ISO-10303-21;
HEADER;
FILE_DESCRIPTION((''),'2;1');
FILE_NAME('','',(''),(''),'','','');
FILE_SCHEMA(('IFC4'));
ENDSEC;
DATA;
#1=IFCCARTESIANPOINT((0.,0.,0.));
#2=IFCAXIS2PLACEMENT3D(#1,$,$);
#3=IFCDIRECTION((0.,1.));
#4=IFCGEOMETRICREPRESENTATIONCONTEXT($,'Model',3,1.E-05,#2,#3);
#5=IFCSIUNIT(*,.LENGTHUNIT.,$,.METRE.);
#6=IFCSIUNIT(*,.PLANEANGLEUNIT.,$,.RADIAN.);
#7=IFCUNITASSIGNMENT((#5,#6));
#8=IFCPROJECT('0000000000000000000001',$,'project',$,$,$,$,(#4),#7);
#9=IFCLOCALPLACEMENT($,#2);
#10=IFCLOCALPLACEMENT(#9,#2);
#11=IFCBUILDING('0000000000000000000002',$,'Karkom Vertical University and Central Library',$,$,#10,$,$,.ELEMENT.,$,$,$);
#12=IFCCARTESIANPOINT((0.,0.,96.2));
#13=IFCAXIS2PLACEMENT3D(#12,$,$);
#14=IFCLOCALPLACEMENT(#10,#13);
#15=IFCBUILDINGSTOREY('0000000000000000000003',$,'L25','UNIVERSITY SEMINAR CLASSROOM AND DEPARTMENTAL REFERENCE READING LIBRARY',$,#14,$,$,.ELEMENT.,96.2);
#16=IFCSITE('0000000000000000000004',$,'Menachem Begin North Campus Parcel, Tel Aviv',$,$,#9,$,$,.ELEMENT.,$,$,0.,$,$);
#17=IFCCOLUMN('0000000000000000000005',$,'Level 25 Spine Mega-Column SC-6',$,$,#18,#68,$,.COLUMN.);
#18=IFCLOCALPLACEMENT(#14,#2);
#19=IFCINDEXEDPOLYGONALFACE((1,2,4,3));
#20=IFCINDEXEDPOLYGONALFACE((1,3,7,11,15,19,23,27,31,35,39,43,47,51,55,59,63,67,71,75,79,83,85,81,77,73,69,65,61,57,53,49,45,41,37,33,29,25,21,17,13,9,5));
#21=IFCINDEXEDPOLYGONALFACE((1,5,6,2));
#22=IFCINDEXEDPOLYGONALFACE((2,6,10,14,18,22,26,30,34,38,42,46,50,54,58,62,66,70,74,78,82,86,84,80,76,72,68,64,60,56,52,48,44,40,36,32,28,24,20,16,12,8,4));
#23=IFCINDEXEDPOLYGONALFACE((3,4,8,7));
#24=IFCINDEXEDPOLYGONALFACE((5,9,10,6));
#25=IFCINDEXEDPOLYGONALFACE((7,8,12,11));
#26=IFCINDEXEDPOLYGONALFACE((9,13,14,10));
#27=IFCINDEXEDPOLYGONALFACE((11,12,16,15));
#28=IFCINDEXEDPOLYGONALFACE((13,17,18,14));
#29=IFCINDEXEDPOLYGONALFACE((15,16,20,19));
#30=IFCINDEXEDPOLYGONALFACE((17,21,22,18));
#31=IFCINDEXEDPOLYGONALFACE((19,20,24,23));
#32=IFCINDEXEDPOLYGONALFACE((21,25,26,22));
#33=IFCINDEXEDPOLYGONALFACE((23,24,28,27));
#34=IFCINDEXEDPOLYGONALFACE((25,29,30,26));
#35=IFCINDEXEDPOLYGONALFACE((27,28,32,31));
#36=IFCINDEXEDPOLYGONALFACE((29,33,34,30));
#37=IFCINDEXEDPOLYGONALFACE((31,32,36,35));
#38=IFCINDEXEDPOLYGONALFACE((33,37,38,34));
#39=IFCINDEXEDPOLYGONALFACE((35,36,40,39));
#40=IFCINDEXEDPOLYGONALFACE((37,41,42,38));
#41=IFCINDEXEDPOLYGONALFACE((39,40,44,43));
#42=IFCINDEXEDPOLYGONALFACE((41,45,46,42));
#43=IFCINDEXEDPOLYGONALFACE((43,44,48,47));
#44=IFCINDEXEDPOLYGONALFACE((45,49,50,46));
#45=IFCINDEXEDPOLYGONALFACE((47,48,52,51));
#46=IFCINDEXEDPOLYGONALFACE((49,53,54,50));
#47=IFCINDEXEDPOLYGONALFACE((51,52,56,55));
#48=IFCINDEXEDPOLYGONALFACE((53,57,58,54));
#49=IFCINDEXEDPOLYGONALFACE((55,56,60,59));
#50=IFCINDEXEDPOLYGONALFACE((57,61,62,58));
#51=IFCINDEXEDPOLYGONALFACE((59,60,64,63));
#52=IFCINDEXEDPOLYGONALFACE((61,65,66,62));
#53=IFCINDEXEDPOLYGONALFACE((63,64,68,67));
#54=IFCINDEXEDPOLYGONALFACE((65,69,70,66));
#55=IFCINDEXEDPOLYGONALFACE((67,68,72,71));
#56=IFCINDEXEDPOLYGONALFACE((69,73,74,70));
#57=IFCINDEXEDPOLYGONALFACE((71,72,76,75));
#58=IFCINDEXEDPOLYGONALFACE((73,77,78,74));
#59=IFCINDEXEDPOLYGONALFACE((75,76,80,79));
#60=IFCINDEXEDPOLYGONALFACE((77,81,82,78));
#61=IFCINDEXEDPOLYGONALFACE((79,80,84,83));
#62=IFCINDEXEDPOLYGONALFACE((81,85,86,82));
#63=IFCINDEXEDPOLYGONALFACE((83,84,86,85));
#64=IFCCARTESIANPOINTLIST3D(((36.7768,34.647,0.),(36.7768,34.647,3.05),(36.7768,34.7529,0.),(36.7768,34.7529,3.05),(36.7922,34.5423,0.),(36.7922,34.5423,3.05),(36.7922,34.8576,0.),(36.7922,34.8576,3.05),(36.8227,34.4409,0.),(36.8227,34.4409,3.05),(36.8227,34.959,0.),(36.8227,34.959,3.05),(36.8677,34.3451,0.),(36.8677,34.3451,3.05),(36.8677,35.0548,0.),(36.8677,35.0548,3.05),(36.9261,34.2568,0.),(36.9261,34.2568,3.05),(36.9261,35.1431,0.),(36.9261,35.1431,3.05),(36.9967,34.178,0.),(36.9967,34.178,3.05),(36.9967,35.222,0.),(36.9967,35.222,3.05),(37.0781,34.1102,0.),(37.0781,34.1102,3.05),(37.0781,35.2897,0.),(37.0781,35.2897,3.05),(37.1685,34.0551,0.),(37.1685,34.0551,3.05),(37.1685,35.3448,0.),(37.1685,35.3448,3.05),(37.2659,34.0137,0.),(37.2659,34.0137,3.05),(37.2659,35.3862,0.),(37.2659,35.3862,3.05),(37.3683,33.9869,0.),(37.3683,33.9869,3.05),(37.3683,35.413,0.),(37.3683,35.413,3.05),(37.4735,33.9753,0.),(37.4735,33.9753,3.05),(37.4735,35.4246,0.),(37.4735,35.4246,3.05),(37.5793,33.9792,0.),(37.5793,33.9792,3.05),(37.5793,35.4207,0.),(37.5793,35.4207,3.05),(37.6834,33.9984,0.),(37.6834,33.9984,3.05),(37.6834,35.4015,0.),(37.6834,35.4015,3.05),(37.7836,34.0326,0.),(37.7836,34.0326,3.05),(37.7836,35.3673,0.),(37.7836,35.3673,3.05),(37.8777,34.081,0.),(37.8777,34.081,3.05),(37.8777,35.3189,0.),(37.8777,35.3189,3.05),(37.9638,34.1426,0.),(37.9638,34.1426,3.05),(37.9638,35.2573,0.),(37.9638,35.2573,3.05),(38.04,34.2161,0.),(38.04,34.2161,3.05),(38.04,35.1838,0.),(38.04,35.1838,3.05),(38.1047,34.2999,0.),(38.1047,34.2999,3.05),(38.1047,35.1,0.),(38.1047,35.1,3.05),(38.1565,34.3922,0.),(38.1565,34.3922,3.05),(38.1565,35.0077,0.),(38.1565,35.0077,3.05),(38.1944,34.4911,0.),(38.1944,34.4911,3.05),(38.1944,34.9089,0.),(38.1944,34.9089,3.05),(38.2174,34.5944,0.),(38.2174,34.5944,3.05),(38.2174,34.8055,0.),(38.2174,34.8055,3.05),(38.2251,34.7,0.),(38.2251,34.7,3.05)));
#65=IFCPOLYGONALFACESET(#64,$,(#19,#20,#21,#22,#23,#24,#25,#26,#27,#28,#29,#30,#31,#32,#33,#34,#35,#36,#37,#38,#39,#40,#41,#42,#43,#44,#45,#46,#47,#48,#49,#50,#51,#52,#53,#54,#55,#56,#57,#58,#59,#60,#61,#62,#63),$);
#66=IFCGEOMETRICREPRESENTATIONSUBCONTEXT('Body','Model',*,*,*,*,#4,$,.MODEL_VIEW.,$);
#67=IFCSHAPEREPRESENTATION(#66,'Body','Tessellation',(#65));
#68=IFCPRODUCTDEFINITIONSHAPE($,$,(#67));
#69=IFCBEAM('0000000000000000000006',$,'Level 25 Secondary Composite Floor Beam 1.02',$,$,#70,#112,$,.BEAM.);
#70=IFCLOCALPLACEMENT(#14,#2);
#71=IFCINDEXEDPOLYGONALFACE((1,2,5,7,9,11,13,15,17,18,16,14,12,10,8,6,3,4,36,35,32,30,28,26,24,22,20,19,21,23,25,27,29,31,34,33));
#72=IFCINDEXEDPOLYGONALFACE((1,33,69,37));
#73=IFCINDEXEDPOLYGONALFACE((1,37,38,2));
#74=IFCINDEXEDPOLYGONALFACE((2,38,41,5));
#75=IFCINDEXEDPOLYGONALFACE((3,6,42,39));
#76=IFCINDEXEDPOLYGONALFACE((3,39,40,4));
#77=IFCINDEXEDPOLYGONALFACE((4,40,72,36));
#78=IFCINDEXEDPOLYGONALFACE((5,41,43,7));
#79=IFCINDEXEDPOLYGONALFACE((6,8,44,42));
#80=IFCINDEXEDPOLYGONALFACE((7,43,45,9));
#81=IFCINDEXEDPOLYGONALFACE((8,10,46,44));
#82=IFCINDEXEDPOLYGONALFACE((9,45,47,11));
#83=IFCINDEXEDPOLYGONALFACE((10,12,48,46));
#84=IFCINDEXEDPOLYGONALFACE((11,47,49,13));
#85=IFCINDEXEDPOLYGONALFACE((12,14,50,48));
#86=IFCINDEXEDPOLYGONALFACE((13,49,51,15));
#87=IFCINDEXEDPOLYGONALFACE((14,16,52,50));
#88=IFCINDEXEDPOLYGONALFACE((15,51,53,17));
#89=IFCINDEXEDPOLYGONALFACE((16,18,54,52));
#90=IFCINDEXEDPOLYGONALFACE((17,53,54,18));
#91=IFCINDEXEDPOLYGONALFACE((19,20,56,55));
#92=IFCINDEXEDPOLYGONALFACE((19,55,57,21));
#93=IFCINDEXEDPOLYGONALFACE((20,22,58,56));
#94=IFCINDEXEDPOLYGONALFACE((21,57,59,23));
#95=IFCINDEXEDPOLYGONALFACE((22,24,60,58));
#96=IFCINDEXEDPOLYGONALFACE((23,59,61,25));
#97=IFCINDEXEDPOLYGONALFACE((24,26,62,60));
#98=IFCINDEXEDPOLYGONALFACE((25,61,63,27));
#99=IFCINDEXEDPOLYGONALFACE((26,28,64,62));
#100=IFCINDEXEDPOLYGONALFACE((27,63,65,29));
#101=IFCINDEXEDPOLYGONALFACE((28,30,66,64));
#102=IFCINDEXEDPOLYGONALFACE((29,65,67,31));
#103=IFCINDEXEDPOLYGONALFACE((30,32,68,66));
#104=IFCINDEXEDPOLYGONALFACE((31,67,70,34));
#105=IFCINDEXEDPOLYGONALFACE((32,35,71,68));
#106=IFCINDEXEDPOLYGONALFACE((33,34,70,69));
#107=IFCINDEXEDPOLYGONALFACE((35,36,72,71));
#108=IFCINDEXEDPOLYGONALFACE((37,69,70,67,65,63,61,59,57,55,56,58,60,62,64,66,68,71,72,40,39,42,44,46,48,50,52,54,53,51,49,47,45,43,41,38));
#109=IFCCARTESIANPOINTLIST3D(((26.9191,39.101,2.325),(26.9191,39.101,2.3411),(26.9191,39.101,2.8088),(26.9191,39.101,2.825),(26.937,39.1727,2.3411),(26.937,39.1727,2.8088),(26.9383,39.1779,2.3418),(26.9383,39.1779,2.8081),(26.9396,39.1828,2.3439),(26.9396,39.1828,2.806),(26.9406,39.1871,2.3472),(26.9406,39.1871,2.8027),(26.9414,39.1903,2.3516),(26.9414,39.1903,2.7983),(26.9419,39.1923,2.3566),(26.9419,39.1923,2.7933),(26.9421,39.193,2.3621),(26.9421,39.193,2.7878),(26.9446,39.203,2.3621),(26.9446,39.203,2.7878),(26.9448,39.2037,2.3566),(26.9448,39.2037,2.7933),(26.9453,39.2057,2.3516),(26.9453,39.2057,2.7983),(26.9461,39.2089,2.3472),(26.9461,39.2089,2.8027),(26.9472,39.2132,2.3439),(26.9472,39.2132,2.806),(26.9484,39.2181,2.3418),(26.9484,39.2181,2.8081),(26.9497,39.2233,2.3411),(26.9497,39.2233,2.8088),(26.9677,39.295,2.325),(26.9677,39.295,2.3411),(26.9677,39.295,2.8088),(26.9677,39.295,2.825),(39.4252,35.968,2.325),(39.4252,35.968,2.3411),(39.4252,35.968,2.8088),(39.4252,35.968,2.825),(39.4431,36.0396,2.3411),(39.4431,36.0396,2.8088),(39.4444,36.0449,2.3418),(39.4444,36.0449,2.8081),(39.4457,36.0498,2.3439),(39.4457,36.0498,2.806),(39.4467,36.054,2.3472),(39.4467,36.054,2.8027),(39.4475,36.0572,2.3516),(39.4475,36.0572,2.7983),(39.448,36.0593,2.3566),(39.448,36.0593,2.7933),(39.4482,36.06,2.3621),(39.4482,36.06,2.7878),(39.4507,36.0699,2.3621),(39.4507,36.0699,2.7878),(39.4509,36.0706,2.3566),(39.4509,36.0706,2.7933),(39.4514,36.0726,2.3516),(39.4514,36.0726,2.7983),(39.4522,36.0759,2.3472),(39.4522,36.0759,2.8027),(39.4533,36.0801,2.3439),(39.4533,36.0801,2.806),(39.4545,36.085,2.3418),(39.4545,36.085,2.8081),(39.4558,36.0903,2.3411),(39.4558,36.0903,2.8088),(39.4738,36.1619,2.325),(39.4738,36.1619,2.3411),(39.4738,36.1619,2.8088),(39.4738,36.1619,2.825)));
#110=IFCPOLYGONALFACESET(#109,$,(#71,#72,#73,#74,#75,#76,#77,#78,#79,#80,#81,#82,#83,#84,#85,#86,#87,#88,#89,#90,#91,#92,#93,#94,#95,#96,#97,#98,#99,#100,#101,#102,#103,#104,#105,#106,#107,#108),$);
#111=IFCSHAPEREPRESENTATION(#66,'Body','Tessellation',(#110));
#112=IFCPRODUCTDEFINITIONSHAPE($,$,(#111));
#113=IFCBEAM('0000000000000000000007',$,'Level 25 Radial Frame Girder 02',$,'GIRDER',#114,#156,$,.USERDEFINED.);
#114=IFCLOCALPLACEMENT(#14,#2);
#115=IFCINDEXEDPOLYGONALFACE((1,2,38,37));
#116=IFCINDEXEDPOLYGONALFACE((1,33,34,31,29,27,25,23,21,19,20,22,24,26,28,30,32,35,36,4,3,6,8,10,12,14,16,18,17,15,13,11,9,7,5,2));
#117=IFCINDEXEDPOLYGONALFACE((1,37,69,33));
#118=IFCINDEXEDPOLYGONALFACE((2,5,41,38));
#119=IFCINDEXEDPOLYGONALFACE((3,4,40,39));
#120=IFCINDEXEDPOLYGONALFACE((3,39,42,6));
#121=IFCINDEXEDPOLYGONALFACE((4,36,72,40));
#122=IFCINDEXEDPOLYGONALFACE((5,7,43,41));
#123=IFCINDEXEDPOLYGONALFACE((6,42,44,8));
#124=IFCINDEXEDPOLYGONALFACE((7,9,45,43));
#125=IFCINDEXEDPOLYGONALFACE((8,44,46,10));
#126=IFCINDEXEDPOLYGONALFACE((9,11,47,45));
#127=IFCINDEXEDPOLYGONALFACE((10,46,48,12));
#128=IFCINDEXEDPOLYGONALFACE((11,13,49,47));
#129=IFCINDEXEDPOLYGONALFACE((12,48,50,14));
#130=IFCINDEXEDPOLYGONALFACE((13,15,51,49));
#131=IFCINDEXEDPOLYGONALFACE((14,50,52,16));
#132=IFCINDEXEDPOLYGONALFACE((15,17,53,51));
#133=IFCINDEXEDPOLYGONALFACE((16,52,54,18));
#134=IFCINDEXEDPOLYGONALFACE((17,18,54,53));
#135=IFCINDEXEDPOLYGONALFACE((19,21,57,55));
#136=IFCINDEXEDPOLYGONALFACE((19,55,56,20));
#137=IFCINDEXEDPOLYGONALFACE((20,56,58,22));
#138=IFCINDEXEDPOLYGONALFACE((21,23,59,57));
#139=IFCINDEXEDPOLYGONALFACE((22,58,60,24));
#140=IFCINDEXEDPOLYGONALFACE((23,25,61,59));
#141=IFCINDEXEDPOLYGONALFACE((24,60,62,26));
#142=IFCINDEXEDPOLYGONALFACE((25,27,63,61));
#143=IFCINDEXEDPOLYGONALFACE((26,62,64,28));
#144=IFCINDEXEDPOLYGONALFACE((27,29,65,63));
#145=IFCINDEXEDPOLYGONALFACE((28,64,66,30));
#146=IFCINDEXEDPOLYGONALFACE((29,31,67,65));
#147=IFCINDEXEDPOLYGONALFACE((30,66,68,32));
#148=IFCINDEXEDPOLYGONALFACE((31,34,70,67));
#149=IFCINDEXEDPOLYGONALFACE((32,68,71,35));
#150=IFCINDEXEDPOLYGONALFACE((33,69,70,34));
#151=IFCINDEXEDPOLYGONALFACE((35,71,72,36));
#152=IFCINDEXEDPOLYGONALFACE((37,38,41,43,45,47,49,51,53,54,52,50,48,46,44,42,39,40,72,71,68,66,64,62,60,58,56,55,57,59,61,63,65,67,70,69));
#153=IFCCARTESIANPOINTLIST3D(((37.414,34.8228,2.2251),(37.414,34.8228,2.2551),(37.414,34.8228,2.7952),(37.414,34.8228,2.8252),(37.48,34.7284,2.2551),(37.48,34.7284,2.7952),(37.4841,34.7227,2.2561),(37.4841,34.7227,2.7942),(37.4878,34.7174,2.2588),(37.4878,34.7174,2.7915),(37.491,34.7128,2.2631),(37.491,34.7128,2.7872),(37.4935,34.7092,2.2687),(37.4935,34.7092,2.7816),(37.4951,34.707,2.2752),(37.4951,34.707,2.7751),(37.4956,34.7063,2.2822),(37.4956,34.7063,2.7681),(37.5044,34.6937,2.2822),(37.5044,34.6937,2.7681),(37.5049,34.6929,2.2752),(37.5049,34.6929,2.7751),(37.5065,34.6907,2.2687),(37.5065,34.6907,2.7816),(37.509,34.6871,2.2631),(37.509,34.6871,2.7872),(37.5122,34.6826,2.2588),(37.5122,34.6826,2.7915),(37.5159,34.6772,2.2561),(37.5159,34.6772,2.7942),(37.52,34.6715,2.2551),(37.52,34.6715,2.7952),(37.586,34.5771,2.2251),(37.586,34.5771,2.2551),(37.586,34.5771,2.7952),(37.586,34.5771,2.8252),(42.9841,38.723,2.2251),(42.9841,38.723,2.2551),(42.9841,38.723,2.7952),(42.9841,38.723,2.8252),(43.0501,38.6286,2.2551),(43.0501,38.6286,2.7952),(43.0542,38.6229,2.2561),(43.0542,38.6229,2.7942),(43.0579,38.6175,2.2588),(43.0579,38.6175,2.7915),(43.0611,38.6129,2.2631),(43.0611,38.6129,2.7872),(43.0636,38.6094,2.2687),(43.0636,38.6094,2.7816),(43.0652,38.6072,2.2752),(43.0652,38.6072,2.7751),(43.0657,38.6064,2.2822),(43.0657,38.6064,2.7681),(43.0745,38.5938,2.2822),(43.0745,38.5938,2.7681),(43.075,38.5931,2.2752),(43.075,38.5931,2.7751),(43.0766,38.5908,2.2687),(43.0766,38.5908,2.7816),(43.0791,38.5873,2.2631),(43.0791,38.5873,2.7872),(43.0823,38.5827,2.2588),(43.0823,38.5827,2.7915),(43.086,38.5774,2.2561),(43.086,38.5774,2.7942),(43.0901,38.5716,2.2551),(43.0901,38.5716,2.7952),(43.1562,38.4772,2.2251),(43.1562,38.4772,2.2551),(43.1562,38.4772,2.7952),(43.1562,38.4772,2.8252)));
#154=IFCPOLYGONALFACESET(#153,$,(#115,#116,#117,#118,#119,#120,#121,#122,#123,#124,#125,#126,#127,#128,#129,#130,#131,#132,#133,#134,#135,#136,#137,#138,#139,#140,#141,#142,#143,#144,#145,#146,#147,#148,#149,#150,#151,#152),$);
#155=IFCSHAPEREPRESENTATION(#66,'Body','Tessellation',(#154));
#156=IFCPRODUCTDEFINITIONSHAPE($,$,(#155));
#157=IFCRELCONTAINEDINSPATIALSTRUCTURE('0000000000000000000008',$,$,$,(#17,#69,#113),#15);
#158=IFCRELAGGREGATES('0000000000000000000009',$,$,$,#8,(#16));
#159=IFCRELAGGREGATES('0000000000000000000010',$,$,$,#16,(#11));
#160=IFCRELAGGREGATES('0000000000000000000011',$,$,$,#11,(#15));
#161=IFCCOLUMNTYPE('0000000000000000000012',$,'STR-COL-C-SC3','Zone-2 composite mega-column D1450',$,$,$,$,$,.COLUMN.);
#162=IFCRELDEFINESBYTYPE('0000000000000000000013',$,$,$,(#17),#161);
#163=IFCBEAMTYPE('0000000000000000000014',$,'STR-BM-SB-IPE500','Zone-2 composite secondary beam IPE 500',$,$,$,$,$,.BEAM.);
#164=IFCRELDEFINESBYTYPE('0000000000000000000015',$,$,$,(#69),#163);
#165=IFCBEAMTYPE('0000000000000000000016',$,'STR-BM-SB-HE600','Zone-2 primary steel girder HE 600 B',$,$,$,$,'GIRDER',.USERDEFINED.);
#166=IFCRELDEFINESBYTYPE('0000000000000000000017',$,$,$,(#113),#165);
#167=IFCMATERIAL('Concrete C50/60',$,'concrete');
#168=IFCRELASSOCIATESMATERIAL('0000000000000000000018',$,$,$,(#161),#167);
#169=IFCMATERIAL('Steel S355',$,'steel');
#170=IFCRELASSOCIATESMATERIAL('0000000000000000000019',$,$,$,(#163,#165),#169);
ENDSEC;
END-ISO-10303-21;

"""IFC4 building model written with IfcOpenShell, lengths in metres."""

from ifc_helpers import new_model, si_unit, direction, frame, origin, origin_with_axes, origin_2d, place, context, subcontext, project, spatial, circle, i_section, extrude, source, transform, mapped, material, material_profile, profile_set, type_object, element, save


model = new_model("IFC4")

# Units and contexts
model_context = context("Model", 3, precision=1e-05, world=origin(), true_north=direction((0.0, 1.0)))
body_context = subcontext(model_context, "Body", "Model", "MODEL_VIEW")
ifc_project = project(units=[si_unit("LENGTHUNIT", "METRE"), si_unit("PLANEANGLEUNIT", "RADIAN")], contexts=[model_context])

# Site, building, storey
site_placement = place(None, origin())
site = spatial("IfcSite", under=ifc_project, at=site_placement, Name="Menachem Begin North Campus Parcel, Tel Aviv", CompositionType="ELEMENT", RefElevation=0.0)
building_placement = place(site_placement, origin())
building = spatial("IfcBuilding", under=site, at=building_placement, Name="Karkom Vertical University and Central Library", CompositionType="ELEMENT")
storey_placement = place(building_placement, frame((0.0, 0.0, 96.2)))
storey = spatial("IfcBuildingStorey", under=building, at=storey_placement, Name="L25", Description="UNIVERSITY SEMINAR CLASSROOM AND DEPARTMENTAL REFERENCE READING LIBRARY", CompositionType="ELEMENT", Elevation=96.2)

# Column
ifc_material_1 = material(Name="Concrete C50/60", Category="concrete")
ifc_material_profile_1 = material_profile(ifc_material_1, circle(Radius=0.7251, at=origin_2d()), Name="CFT-D1450")
ifc_profile_set_1 = profile_set([ifc_material_profile_1], Name="Concrete C50/60")
column_type = type_object("IfcColumnType", Name="STR-COL-C-SC3", Description="Zone-2 composite mega-column D1450", PredefinedType="COLUMN", material=ifc_profile_set_1)
shared_shape_1 = source(origin_with_axes(), body_context, "Body", "SweptSolid", [
    extrude(circle(Radius=0.7251, at=origin_2d()), origin(), (0.0, 0.0, 1.0), 3.05),
])
column_placement = place(storey_placement, frame((37.5, 34.7, 0.0), z_axis=(0.0, 0.0, 1.0), x_axis=(1.0, 0.0, 0.0)))
element("IfcColumn", 1, at=column_placement, inside=storey, type_object=column_type, Name="Level 25 Spine Mega-Column SC-6", PredefinedType="COLUMN", context=body_context, shape_type="MappedRepresentation", body=[
    mapped(shared_shape_1, transform((0.0, 0.0, 0.0), scale=1.0)),
])

# Beams
ifc_material_2 = material(Name="Steel S355", Category="steel")
ifc_material_profile_2 = material_profile(ifc_material_2, i_section(OverallWidth=0.2, OverallDepth=0.5, WebThickness=0.0103, FlangeThickness=0.0161, FilletRadius=0.021, at=origin_2d()), Name="IPE 500")
ifc_profile_set_2 = profile_set([ifc_material_profile_2], Name="Steel S355")
beam_type_1 = type_object("IfcBeamType", Name="STR-BM-SB-IPE500", Description="Zone-2 composite secondary beam IPE 500", PredefinedType="BEAM", material=ifc_profile_set_2)
shared_shape_2 = source(origin_with_axes(), body_context, "Body", "SweptSolid", [
    extrude(i_section(OverallWidth=0.2, OverallDepth=0.5, WebThickness=0.0103, FlangeThickness=0.0161, FilletRadius=0.021, at=origin_2d()), origin(), (0.0, 0.0, 1.0), 12.8926),
])
beam_1_placement = place(storey_placement, frame((39.4495, 36.0649, 2.575), z_axis=(-0.970023, 0.243012, 0.0), x_axis=(-0.243012, -0.970023, 0.0)))
element("IfcBeam", 2, at=beam_1_placement, inside=storey, type_object=beam_type_1, Name="Level 25 Secondary Composite Floor Beam 1.02", PredefinedType="BEAM", context=body_context, shape_type="MappedRepresentation", body=[
    mapped(shared_shape_2, transform((0.0, 0.0, 0.0), scale=1.0)),
])
ifc_material_profile_3 = material_profile(ifc_material_2, i_section(OverallWidth=0.3, OverallDepth=0.6001, WebThickness=0.0154, FlangeThickness=0.03, FilletRadius=0.0271, at=origin_2d()), Name="HE 600 B")
ifc_profile_set_3 = profile_set([ifc_material_profile_3], Name="Steel S355")
beam_type_2 = type_object("IfcBeamType", Name="STR-BM-SB-HE600", Description="Zone-2 primary steel girder HE 600 B", ElementType="GIRDER", PredefinedType="USERDEFINED", material=ifc_profile_set_3)
shared_shape_3 = source(origin_with_axes(), body_context, "Body", "SweptSolid", [
    extrude(i_section(OverallWidth=0.3, OverallDepth=0.6001, WebThickness=0.0154, FlangeThickness=0.03, FilletRadius=0.0271, at=origin_2d()), origin(), (0.0, 0.0, 1.0), 6.7998),
])
beam_2_placement = place(storey_placement, frame((37.5, 34.7, 2.5251), z_axis=(0.819156, 0.573571, 0.0), x_axis=(-0.573571, 0.819156, 0.0)))
element("IfcBeam", 3, at=beam_2_placement, inside=storey, type_object=beam_type_2, Name="Level 25 Radial Frame Girder 02", ObjectType="GIRDER", PredefinedType="USERDEFINED", context=body_context, shape_type="MappedRepresentation", body=[
    mapped(shared_shape_3, transform((0.0, 0.0, 0.0), scale=1.0)),
])

save(model, "model.ifc")
